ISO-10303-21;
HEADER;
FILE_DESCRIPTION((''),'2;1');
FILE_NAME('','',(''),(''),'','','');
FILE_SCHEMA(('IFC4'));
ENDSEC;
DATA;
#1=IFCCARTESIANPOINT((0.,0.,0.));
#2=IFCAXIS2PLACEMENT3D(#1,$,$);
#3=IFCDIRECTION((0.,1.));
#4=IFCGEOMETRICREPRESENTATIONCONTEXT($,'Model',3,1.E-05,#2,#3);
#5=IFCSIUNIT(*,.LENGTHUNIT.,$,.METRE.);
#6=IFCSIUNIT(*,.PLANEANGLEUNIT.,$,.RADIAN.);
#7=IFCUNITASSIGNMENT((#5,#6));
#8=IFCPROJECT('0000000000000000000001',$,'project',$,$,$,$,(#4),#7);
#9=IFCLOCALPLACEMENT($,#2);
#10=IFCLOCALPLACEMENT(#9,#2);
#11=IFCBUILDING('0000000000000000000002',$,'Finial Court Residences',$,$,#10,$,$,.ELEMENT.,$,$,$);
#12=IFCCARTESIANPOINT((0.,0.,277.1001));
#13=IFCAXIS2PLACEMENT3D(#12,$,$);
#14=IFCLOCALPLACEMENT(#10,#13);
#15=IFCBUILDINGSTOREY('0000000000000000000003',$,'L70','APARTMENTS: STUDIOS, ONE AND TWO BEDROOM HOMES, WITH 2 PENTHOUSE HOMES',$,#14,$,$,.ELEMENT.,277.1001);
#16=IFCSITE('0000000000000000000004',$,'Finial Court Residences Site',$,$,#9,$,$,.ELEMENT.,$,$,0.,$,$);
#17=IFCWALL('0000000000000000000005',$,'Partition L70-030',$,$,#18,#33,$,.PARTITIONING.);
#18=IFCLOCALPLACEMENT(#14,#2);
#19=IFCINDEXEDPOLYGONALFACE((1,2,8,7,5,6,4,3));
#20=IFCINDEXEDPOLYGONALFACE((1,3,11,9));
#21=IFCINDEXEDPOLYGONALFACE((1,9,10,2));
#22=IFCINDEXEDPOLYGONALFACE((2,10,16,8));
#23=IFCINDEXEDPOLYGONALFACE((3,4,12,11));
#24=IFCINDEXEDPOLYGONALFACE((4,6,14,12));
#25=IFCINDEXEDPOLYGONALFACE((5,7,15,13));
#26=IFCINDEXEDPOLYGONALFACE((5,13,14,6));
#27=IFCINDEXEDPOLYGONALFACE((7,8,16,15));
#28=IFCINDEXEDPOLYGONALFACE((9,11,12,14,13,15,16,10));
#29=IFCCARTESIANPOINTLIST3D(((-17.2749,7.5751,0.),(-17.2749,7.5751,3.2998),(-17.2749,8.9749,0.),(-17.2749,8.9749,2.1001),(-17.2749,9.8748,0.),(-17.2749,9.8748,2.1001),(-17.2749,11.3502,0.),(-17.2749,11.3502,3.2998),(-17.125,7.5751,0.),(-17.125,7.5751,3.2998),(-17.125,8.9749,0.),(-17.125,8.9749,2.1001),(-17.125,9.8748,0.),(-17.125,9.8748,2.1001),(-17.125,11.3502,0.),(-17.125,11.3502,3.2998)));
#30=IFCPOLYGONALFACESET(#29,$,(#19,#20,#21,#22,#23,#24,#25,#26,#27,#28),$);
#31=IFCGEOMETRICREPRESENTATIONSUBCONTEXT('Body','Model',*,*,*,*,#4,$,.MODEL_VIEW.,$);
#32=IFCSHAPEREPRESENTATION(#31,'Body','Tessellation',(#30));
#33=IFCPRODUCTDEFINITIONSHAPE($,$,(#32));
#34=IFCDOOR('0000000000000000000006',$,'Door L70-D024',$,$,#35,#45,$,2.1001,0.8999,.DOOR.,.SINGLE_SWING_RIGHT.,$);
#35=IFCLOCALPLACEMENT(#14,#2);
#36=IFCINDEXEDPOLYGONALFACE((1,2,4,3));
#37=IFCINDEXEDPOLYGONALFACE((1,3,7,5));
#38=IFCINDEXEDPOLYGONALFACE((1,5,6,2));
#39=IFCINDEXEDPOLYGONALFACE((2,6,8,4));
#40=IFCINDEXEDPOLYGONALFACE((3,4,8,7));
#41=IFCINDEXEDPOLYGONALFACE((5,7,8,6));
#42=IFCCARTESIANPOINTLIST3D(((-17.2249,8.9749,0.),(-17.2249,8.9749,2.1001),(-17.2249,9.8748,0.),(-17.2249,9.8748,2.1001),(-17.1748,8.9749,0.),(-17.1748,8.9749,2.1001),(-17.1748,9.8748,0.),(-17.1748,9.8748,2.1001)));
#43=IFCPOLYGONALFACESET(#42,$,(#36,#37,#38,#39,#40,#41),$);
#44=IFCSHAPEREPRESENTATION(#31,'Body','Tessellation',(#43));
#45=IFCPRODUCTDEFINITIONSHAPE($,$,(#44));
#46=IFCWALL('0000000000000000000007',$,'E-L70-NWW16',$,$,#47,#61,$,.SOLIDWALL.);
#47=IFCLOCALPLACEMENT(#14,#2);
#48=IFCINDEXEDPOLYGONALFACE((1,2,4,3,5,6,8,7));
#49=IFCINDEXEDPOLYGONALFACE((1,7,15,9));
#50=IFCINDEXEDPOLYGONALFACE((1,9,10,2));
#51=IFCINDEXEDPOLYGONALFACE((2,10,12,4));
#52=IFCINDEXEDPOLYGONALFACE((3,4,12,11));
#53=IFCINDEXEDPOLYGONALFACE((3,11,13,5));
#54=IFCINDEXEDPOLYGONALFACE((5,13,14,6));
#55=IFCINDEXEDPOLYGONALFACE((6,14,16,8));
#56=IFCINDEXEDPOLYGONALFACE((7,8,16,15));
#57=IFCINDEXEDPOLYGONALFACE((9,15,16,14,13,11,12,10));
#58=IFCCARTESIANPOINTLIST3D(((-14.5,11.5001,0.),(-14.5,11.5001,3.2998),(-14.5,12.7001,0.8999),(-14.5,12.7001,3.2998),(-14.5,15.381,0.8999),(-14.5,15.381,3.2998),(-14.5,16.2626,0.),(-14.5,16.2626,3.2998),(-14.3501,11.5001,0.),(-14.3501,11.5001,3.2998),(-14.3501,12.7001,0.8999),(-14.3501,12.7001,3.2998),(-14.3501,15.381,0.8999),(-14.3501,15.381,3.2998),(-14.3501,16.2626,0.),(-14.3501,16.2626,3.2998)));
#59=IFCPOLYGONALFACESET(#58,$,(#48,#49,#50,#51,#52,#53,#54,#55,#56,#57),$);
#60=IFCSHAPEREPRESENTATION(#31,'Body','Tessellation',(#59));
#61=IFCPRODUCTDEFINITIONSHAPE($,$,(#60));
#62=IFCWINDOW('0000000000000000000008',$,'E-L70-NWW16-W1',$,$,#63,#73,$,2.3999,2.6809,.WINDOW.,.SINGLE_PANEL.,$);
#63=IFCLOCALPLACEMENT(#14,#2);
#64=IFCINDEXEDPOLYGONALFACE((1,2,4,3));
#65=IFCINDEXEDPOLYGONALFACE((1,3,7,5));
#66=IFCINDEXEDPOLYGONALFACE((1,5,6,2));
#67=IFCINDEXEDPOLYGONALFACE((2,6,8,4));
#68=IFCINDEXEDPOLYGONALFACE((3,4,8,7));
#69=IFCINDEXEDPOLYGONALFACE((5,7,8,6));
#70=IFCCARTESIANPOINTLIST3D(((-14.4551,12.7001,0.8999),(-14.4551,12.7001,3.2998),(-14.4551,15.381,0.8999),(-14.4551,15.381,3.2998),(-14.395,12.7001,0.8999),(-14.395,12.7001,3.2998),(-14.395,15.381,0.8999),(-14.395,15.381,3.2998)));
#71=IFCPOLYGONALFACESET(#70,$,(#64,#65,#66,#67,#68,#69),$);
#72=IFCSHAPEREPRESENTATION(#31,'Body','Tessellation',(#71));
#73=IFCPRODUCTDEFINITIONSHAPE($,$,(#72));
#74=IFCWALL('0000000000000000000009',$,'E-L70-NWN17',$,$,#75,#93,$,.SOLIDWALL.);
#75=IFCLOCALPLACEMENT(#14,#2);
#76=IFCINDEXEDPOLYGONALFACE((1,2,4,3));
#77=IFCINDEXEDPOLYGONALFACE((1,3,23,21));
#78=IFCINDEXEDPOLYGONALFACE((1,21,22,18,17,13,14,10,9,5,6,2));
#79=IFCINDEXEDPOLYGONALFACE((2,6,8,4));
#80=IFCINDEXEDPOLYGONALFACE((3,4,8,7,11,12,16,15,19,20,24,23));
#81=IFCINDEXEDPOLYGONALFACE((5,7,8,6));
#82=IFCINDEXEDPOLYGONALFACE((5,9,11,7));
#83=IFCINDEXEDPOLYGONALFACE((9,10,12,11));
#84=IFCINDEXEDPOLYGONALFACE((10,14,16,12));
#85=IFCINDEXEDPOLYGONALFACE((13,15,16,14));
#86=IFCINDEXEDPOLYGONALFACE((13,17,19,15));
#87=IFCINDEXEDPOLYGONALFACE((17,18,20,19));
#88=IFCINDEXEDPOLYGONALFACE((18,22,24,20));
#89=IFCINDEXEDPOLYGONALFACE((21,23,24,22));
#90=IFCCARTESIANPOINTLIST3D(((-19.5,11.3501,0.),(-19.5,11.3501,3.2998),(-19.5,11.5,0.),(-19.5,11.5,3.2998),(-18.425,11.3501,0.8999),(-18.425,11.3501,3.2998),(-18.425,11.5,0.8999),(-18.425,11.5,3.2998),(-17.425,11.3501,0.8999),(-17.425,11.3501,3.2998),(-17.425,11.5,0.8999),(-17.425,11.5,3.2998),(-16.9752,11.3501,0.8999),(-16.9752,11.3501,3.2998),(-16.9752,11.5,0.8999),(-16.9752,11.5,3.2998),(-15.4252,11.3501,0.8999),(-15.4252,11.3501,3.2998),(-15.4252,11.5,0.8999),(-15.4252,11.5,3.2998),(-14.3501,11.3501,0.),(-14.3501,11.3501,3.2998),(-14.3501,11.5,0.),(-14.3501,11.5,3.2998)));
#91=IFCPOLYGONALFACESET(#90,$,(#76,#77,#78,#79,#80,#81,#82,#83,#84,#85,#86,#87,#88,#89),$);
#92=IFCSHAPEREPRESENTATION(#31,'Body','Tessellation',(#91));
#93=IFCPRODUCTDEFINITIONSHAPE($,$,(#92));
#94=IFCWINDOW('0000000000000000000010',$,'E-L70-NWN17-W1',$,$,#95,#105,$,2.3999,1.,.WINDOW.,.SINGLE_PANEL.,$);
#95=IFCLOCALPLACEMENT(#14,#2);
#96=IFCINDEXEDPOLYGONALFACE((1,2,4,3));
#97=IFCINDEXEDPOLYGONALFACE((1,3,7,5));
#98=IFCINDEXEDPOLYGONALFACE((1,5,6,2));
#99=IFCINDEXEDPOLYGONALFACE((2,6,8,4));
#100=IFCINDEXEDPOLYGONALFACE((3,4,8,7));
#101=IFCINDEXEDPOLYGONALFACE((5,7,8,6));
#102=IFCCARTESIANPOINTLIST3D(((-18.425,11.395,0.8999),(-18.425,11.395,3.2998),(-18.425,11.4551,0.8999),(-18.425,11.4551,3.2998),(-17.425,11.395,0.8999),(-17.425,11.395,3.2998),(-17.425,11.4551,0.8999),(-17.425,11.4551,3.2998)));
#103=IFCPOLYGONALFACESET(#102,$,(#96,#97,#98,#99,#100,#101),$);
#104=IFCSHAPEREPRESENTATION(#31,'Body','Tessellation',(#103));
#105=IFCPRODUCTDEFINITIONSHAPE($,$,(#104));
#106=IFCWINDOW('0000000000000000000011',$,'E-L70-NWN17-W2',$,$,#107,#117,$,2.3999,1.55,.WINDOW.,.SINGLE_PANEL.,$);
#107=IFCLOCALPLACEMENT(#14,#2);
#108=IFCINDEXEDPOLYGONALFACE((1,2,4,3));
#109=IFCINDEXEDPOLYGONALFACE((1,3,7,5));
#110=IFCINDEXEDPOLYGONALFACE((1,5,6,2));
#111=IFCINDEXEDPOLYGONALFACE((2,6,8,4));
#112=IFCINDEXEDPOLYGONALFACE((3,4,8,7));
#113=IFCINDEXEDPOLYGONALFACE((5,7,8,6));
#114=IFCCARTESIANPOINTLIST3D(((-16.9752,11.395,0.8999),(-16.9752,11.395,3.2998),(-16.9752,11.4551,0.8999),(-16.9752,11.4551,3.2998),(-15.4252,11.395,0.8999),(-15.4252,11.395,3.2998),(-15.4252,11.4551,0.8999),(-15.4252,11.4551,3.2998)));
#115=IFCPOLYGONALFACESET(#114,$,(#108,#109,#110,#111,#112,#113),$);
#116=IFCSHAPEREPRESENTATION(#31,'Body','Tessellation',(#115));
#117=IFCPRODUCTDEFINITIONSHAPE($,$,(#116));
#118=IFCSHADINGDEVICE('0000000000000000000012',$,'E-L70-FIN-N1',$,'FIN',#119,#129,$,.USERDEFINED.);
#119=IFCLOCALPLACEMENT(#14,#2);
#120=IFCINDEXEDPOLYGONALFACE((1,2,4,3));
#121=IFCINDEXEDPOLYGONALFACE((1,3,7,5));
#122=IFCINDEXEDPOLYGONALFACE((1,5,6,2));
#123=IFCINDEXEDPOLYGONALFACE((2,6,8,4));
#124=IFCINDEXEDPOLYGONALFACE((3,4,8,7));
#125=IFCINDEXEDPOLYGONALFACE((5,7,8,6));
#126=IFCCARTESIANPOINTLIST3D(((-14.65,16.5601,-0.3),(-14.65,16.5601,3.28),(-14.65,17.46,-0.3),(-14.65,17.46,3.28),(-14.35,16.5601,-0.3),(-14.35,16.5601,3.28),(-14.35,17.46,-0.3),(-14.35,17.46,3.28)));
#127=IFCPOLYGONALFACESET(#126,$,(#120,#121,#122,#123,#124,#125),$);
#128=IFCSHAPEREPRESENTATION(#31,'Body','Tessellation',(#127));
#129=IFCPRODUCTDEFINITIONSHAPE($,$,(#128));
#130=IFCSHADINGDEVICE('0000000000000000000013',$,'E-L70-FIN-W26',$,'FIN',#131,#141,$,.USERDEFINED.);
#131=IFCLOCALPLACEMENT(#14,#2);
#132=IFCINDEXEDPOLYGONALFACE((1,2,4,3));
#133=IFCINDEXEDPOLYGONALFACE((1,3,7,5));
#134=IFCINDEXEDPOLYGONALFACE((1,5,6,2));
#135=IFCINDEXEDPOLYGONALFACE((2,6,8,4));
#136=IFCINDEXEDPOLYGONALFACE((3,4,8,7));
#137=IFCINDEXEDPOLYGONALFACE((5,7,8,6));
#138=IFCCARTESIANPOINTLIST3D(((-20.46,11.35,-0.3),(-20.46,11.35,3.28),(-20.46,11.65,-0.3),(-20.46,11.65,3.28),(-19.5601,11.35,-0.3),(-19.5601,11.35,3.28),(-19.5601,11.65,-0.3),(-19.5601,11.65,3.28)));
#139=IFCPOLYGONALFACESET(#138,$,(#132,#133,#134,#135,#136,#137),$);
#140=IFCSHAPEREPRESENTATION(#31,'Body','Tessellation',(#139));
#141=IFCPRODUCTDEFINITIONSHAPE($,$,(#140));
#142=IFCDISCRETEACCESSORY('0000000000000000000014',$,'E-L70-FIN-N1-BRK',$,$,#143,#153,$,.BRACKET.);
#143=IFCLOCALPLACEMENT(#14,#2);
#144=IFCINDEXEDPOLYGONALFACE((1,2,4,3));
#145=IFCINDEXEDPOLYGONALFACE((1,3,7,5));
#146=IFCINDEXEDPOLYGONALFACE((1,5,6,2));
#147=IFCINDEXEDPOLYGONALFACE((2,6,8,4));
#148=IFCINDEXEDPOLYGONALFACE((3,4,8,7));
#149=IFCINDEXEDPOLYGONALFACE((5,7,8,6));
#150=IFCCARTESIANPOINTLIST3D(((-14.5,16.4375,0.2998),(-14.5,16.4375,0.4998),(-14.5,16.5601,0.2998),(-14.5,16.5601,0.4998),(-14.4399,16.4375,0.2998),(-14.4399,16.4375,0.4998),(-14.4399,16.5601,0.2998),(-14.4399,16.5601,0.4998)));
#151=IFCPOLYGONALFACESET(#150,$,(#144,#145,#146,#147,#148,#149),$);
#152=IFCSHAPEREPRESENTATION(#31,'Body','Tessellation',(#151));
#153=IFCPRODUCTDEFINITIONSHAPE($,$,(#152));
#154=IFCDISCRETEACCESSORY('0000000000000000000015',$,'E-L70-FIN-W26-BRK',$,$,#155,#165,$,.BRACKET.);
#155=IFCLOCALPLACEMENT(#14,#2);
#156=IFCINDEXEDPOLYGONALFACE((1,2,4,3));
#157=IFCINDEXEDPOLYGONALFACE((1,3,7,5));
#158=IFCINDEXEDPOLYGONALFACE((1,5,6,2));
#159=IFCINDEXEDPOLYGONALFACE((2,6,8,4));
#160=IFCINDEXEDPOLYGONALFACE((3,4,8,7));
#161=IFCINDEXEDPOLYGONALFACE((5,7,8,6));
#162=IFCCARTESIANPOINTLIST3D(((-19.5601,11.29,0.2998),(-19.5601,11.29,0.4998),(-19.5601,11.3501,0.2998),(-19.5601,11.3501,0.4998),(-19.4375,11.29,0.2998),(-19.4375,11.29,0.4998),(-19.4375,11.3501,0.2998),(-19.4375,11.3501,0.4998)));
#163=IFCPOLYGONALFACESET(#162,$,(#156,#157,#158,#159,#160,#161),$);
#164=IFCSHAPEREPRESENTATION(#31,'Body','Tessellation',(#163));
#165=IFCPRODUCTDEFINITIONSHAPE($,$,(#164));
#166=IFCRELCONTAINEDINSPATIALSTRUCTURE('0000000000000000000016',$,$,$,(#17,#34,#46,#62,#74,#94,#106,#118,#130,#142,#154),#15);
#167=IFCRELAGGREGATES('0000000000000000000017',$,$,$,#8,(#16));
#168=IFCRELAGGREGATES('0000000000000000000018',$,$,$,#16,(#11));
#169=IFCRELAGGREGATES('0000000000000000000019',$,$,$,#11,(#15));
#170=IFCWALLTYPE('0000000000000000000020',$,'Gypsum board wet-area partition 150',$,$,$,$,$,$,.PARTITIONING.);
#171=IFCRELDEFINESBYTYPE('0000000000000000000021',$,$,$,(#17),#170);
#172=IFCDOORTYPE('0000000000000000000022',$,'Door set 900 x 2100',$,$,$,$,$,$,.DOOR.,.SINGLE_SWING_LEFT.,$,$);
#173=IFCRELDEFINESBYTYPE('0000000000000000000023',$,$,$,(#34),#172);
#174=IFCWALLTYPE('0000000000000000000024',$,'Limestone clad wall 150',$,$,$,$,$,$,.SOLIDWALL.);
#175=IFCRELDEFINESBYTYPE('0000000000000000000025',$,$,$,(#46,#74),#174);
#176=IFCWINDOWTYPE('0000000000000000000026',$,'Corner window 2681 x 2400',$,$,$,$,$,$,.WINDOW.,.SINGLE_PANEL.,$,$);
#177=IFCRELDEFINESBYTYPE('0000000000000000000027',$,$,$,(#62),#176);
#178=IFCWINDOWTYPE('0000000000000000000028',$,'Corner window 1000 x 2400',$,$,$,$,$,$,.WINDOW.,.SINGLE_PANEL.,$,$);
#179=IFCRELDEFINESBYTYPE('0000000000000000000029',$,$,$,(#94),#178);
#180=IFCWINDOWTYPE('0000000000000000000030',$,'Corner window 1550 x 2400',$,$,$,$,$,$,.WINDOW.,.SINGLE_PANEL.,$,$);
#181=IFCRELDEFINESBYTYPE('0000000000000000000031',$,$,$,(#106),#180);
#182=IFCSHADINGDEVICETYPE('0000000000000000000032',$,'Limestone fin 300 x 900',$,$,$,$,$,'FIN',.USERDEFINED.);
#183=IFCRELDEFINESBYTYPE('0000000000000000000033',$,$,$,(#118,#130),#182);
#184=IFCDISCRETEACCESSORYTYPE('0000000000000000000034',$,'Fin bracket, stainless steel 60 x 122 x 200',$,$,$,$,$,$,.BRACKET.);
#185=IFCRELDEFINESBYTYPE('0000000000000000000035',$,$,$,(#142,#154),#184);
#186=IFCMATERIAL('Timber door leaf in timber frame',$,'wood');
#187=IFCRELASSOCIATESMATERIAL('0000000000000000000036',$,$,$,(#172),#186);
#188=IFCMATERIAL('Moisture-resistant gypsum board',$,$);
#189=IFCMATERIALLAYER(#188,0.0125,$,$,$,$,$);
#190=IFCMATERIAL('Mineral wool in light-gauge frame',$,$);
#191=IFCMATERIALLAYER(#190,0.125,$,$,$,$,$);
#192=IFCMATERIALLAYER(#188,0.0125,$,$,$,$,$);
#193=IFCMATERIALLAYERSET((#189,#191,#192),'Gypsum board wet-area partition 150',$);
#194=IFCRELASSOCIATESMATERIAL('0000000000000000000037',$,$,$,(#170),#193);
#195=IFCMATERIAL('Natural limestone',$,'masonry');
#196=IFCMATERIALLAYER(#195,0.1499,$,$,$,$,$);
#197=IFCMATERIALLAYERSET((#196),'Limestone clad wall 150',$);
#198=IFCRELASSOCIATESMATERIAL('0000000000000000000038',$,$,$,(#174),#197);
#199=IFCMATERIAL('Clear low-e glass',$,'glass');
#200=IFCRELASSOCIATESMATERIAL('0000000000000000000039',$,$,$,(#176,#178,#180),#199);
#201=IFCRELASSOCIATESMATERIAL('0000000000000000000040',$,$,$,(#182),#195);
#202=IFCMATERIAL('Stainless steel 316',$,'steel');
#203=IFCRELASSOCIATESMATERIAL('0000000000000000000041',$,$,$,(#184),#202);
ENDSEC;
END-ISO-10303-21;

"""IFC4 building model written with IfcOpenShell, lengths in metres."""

from ifc_helpers import new_model, si_unit, direction, frame, frame_2d, origin, origin_2d, place, context, subcontext, project, spatial, rectangle, extrude, material, layer, layer_set, type_object, element, fill, save


model = new_model("IFC4")

# Units and contexts
model_context = context("Model", 3, precision=1e-05, world=origin(), true_north=direction((0.0, 1.0)))
body_context = subcontext(model_context, "Body", "Model", "MODEL_VIEW")
ifc_project = project(units=[si_unit("LENGTHUNIT", "METRE"), si_unit("PLANEANGLEUNIT", "RADIAN")], contexts=[model_context])

# Site, building, storey
site_placement = place(None, origin())
site = spatial("IfcSite", under=ifc_project, at=site_placement, Name="Finial Court Residences Site", CompositionType="ELEMENT", RefElevation=0.0)
building_placement = place(site_placement, origin())
building = spatial("IfcBuilding", under=site, at=building_placement, Name="Finial Court Residences", CompositionType="ELEMENT")
storey_placement = place(building_placement, frame((0.0, 0.0, 277.1001)))
storey = spatial("IfcBuildingStorey", under=building, at=storey_placement, Name="L70", Description="APARTMENTS: STUDIOS, ONE AND TWO BEDROOM HOMES, WITH 2 PENTHOUSE HOMES", CompositionType="ELEMENT", Elevation=277.1001)

# Shared definitions
ifc_material_1 = material(Name="Clear low-e glass", Category="glass")

# Shared definitions
ifc_material_2 = material(Name="Mineral wool in light-gauge frame")

# Shared definitions
ifc_material_3 = material(Name="Timber door leaf in timber frame", Category="wood")
door_type = type_object("IfcDoorType", Name="Door set 900 x 2100", OperationType="SINGLE_SWING_LEFT", PredefinedType="DOOR", material=ifc_material_3)

# Shared definitions
ifc_material_4 = material(Name="Moisture-resistant gypsum board")
ifc_layer_1 = layer(ifc_material_4, 0.0125)
ifc_layer_2 = layer(ifc_material_2, 0.125)
ifc_layer_3 = layer(ifc_material_4, 0.0125)
ifc_layer_set_1 = layer_set([ifc_layer_1, ifc_layer_2, ifc_layer_3], Name="Gypsum board wet-area partition 150")
wall_type_1 = type_object("IfcWallType", Name="Gypsum board wet-area partition 150", PredefinedType="PARTITIONING", material=ifc_layer_set_1)

# Wall, opening, door
wall_1_placement = place(storey_placement, frame((-17.2, 7.575, 0.0), z_axis=(0.0, 0.0, 1.0), x_axis=(0.0, 1.0, 0.0)))
wall_1 = element("IfcWall", 1, at=wall_1_placement, inside=storey, type_object=wall_type_1, Name="Partition L70-030", PredefinedType="PARTITIONING", context=body_context, shape_type="SweptSolid", body=[
    extrude(rectangle(XDim=3.7751, YDim=0.1499, at=frame_2d((1.8877, 0.0))), origin(), (0.0, 0.0, 1.0), 3.2998),
])
opening_1_placement = place(wall_1_placement, frame((1.3999, 0.0, 0.0)))
opening_1 = element("IfcOpeningElement", 2, at=opening_1_placement, cuts=wall_1, PredefinedType="OPENING", context=body_context, shape_type="SweptSolid", body=[
    extrude(rectangle(XDim=0.8999, YDim=2.1001, at=frame_2d((0.45, 1.05))), frame((0.0, 0.085, 0.0), z_axis=(0.0, -1.0, 0.0), x_axis=(1.0, 0.0, 0.0)), (0.0, 0.0, 1.0), 0.1699),
])
door_1_placement = place(opening_1_placement, origin())
door_1 = element("IfcDoor", 3, at=door_1_placement, inside=storey, type_object=door_type, Name="Door L70-D024", OperationType="SINGLE_SWING_RIGHT", OverallHeight=2.1001, OverallWidth=0.8999, PredefinedType="DOOR", context=body_context, shape_type="SweptSolid", body=[
    extrude(rectangle(XDim=0.8999, YDim=2.1001, at=frame_2d((0.45, 1.05))), frame((0.0, 0.0249, 0.0), z_axis=(0.0, -1.0, 0.0), x_axis=(1.0, 0.0, 0.0)), (0.0, 0.0, 1.0), 0.05),
])
fill(opening_1, door_1)

# Wall, opening, window
ifc_material_5 = material(Name="Natural limestone", Category="masonry")
ifc_layer_4 = layer(ifc_material_5, 0.1499)
ifc_layer_set_2 = layer_set([ifc_layer_4], Name="Limestone clad wall 150")
wall_type_2 = type_object("IfcWallType", Name="Limestone clad wall 150", PredefinedType="SOLIDWALL", material=ifc_layer_set_2)
wall_2_placement = place(storey_placement, frame((-14.425, 11.5, 0.0), z_axis=(0.0, 0.0, 1.0), x_axis=(0.0, 1.0, 0.0)))
wall_2 = element("IfcWall", 4, at=wall_2_placement, inside=storey, type_object=wall_type_2, Name="E-L70-NWW16", PredefinedType="SOLIDWALL", context=body_context, shape_type="SweptSolid", body=[
    extrude(rectangle(XDim=4.7625, YDim=0.1499, at=frame_2d((2.3813, 0.0))), origin(), (0.0, 0.0, 1.0), 3.2998),
])
opening_2_placement = place(wall_2_placement, frame((1.2002, 0.0, 0.8999)))
opening_2 = element("IfcOpeningElement", 5, at=opening_2_placement, cuts=wall_2, PredefinedType="OPENING", context=body_context, shape_type="SweptSolid", body=[
    extrude(rectangle(XDim=2.6809, YDim=2.3999, at=frame_2d((1.3403, 1.2))), frame((0.0, 0.085, 0.0), z_axis=(0.0, -1.0, 0.0), x_axis=(1.0, 0.0, 0.0)), (0.0, 0.0, 1.0), 0.1699),
])
window_type_1 = type_object("IfcWindowType", Name="Corner window 2681 x 2400", PartitioningType="SINGLE_PANEL", PredefinedType="WINDOW", material=ifc_material_1)
window_1_placement = place(opening_2_placement, origin())
window_1 = element("IfcWindow", 6, at=window_1_placement, inside=storey, type_object=window_type_1, Name="E-L70-NWW16-W1", OverallHeight=2.3999, OverallWidth=2.6809, PartitioningType="SINGLE_PANEL", PredefinedType="WINDOW", context=body_context, shape_type="SweptSolid", body=[
    extrude(rectangle(XDim=2.6809, YDim=2.3999, at=frame_2d((1.3403, 1.2))), frame((0.0, 0.03, 0.0), z_axis=(0.0, -1.0, 0.0), x_axis=(1.0, 0.0, 0.0)), (0.0, 0.0, 1.0), 0.0601),
])
fill(opening_2, window_1)

# Wall, openings, windows
wall_3_placement = place(storey_placement, frame((-19.5, 11.425, 0.0), z_axis=(0.0, 0.0, 1.0), x_axis=(1.0, 0.0, 0.0)))
wall_3 = element("IfcWall", 7, at=wall_3_placement, inside=storey, type_object=wall_type_2, Name="E-L70-NWN17", PredefinedType="SOLIDWALL", context=body_context, shape_type="SweptSolid", body=[
    extrude(rectangle(XDim=5.1499, YDim=0.1499, at=frame_2d((2.575, 0.0))), origin(), (0.0, 0.0, 1.0), 3.2998),
])
opening_3_placement = place(wall_3_placement, frame((1.075, 0.0, 0.8999)))
opening_3 = element("IfcOpeningElement", 8, at=opening_3_placement, cuts=wall_3, PredefinedType="OPENING", context=body_context, shape_type="SweptSolid", body=[
    extrude(rectangle(XDim=1.0, YDim=2.3999, at=frame_2d((0.5, 1.2))), frame((0.0, 0.085, 0.0), z_axis=(0.0, -1.0, 0.0), x_axis=(1.0, 0.0, 0.0)), (0.0, 0.0, 1.0), 0.1699),
])
opening_4_placement = place(wall_3_placement, frame((2.5249, 0.0, 0.8999)))
opening_4 = element("IfcOpeningElement", 9, at=opening_4_placement, cuts=wall_3, PredefinedType="OPENING", context=body_context, shape_type="SweptSolid", body=[
    extrude(rectangle(XDim=1.55, YDim=2.3999, at=frame_2d((0.7749, 1.2))), frame((0.0, 0.085, 0.0), z_axis=(0.0, -1.0, 0.0), x_axis=(1.0, 0.0, 0.0)), (0.0, 0.0, 1.0), 0.1699),
])
window_type_2 = type_object("IfcWindowType", Name="Corner window 1000 x 2400", PartitioningType="SINGLE_PANEL", PredefinedType="WINDOW", material=ifc_material_1)
window_2_placement = place(opening_3_placement, origin())
window_2 = element("IfcWindow", 10, at=window_2_placement, inside=storey, type_object=window_type_2, Name="E-L70-NWN17-W1", OverallHeight=2.3999, OverallWidth=1.0, PartitioningType="SINGLE_PANEL", PredefinedType="WINDOW", context=body_context, shape_type="SweptSolid", body=[
    extrude(rectangle(XDim=1.0, YDim=2.3999, at=frame_2d((0.5, 1.2))), frame((0.0, 0.03, 0.0), z_axis=(0.0, -1.0, 0.0), x_axis=(1.0, 0.0, 0.0)), (0.0, 0.0, 1.0), 0.0601),
])
fill(opening_3, window_2)
window_type_3 = type_object("IfcWindowType", Name="Corner window 1550 x 2400", PartitioningType="SINGLE_PANEL", PredefinedType="WINDOW", material=ifc_material_1)
window_3_placement = place(opening_4_placement, origin())
window_3 = element("IfcWindow", 11, at=window_3_placement, inside=storey, type_object=window_type_3, Name="E-L70-NWN17-W2", OverallHeight=2.3999, OverallWidth=1.55, PartitioningType="SINGLE_PANEL", PredefinedType="WINDOW", context=body_context, shape_type="SweptSolid", body=[
    extrude(rectangle(XDim=1.55, YDim=2.3999, at=frame_2d((0.7749, 1.2))), frame((0.0, 0.03, 0.0), z_axis=(0.0, -1.0, 0.0), x_axis=(1.0, 0.0, 0.0)), (0.0, 0.0, 1.0), 0.0601),
])
fill(opening_4, window_3)

# Shading devices
shading_device_type = type_object("IfcShadingDeviceType", Name="Limestone fin 300 x 900", ElementType="FIN", PredefinedType="USERDEFINED", material=ifc_material_5)
shading_device_1_placement = place(storey_placement, frame((-14.5, 17.01, -0.3), z_axis=(0.0, 0.0, 1.0), x_axis=(1.0, 0.0, 0.0)))
element("IfcShadingDevice", 12, at=shading_device_1_placement, inside=storey, type_object=shading_device_type, Name="E-L70-FIN-N1", ObjectType="FIN", PredefinedType="USERDEFINED", context=body_context, shape_type="SweptSolid", body=[
    extrude(rectangle(XDim=0.3, YDim=0.8999, at=origin_2d()), origin(), (0.0, 0.0, 1.0), 3.5801),
])
shading_device_2_placement = place(storey_placement, frame((-20.01, 11.5, -0.3), z_axis=(0.0, 0.0, 1.0), x_axis=(1.0, 0.0, 0.0)))
element("IfcShadingDevice", 13, at=shading_device_2_placement, inside=storey, type_object=shading_device_type, Name="E-L70-FIN-W26", ObjectType="FIN", PredefinedType="USERDEFINED", context=body_context, shape_type="SweptSolid", body=[
    extrude(rectangle(XDim=0.8999, YDim=0.3, at=origin_2d()), origin(), (0.0, 0.0, 1.0), 3.5801),
])

# Discrete accessories
ifc_material_6 = material(Name="Stainless steel 316", Category="steel")
discrete_accessory_type = type_object("IfcDiscreteAccessoryType", Name="Fin bracket, stainless steel 60 x 122 x 200", PredefinedType="BRACKET", material=ifc_material_6)
discrete_accessory_1_placement = place(storey_placement, frame((-14.47, 16.4988, 0.2998), z_axis=(0.0, 0.0, 1.0), x_axis=(1.0, 0.0, 0.0)))
element("IfcDiscreteAccessory", 14, at=discrete_accessory_1_placement, inside=storey, type_object=discrete_accessory_type, Name="E-L70-FIN-N1-BRK", PredefinedType="BRACKET", context=body_context, shape_type="SweptSolid", body=[
    extrude(rectangle(XDim=0.0601, YDim=0.1226, at=origin_2d()), origin(), (0.0, 0.0, 1.0), 0.2),
])
discrete_accessory_2_placement = place(storey_placement, frame((-19.4988, 11.3201, 0.2998), z_axis=(0.0, 0.0, 1.0), x_axis=(1.0, 0.0, 0.0)))
element("IfcDiscreteAccessory", 15, at=discrete_accessory_2_placement, inside=storey, type_object=discrete_accessory_type, Name="E-L70-FIN-W26-BRK", PredefinedType="BRACKET", context=body_context, shape_type="SweptSolid", body=[
    extrude(rectangle(XDim=0.1226, YDim=0.0601, at=origin_2d()), origin(), (0.0, 0.0, 1.0), 0.2),
])

save(model, "model.ifc")
